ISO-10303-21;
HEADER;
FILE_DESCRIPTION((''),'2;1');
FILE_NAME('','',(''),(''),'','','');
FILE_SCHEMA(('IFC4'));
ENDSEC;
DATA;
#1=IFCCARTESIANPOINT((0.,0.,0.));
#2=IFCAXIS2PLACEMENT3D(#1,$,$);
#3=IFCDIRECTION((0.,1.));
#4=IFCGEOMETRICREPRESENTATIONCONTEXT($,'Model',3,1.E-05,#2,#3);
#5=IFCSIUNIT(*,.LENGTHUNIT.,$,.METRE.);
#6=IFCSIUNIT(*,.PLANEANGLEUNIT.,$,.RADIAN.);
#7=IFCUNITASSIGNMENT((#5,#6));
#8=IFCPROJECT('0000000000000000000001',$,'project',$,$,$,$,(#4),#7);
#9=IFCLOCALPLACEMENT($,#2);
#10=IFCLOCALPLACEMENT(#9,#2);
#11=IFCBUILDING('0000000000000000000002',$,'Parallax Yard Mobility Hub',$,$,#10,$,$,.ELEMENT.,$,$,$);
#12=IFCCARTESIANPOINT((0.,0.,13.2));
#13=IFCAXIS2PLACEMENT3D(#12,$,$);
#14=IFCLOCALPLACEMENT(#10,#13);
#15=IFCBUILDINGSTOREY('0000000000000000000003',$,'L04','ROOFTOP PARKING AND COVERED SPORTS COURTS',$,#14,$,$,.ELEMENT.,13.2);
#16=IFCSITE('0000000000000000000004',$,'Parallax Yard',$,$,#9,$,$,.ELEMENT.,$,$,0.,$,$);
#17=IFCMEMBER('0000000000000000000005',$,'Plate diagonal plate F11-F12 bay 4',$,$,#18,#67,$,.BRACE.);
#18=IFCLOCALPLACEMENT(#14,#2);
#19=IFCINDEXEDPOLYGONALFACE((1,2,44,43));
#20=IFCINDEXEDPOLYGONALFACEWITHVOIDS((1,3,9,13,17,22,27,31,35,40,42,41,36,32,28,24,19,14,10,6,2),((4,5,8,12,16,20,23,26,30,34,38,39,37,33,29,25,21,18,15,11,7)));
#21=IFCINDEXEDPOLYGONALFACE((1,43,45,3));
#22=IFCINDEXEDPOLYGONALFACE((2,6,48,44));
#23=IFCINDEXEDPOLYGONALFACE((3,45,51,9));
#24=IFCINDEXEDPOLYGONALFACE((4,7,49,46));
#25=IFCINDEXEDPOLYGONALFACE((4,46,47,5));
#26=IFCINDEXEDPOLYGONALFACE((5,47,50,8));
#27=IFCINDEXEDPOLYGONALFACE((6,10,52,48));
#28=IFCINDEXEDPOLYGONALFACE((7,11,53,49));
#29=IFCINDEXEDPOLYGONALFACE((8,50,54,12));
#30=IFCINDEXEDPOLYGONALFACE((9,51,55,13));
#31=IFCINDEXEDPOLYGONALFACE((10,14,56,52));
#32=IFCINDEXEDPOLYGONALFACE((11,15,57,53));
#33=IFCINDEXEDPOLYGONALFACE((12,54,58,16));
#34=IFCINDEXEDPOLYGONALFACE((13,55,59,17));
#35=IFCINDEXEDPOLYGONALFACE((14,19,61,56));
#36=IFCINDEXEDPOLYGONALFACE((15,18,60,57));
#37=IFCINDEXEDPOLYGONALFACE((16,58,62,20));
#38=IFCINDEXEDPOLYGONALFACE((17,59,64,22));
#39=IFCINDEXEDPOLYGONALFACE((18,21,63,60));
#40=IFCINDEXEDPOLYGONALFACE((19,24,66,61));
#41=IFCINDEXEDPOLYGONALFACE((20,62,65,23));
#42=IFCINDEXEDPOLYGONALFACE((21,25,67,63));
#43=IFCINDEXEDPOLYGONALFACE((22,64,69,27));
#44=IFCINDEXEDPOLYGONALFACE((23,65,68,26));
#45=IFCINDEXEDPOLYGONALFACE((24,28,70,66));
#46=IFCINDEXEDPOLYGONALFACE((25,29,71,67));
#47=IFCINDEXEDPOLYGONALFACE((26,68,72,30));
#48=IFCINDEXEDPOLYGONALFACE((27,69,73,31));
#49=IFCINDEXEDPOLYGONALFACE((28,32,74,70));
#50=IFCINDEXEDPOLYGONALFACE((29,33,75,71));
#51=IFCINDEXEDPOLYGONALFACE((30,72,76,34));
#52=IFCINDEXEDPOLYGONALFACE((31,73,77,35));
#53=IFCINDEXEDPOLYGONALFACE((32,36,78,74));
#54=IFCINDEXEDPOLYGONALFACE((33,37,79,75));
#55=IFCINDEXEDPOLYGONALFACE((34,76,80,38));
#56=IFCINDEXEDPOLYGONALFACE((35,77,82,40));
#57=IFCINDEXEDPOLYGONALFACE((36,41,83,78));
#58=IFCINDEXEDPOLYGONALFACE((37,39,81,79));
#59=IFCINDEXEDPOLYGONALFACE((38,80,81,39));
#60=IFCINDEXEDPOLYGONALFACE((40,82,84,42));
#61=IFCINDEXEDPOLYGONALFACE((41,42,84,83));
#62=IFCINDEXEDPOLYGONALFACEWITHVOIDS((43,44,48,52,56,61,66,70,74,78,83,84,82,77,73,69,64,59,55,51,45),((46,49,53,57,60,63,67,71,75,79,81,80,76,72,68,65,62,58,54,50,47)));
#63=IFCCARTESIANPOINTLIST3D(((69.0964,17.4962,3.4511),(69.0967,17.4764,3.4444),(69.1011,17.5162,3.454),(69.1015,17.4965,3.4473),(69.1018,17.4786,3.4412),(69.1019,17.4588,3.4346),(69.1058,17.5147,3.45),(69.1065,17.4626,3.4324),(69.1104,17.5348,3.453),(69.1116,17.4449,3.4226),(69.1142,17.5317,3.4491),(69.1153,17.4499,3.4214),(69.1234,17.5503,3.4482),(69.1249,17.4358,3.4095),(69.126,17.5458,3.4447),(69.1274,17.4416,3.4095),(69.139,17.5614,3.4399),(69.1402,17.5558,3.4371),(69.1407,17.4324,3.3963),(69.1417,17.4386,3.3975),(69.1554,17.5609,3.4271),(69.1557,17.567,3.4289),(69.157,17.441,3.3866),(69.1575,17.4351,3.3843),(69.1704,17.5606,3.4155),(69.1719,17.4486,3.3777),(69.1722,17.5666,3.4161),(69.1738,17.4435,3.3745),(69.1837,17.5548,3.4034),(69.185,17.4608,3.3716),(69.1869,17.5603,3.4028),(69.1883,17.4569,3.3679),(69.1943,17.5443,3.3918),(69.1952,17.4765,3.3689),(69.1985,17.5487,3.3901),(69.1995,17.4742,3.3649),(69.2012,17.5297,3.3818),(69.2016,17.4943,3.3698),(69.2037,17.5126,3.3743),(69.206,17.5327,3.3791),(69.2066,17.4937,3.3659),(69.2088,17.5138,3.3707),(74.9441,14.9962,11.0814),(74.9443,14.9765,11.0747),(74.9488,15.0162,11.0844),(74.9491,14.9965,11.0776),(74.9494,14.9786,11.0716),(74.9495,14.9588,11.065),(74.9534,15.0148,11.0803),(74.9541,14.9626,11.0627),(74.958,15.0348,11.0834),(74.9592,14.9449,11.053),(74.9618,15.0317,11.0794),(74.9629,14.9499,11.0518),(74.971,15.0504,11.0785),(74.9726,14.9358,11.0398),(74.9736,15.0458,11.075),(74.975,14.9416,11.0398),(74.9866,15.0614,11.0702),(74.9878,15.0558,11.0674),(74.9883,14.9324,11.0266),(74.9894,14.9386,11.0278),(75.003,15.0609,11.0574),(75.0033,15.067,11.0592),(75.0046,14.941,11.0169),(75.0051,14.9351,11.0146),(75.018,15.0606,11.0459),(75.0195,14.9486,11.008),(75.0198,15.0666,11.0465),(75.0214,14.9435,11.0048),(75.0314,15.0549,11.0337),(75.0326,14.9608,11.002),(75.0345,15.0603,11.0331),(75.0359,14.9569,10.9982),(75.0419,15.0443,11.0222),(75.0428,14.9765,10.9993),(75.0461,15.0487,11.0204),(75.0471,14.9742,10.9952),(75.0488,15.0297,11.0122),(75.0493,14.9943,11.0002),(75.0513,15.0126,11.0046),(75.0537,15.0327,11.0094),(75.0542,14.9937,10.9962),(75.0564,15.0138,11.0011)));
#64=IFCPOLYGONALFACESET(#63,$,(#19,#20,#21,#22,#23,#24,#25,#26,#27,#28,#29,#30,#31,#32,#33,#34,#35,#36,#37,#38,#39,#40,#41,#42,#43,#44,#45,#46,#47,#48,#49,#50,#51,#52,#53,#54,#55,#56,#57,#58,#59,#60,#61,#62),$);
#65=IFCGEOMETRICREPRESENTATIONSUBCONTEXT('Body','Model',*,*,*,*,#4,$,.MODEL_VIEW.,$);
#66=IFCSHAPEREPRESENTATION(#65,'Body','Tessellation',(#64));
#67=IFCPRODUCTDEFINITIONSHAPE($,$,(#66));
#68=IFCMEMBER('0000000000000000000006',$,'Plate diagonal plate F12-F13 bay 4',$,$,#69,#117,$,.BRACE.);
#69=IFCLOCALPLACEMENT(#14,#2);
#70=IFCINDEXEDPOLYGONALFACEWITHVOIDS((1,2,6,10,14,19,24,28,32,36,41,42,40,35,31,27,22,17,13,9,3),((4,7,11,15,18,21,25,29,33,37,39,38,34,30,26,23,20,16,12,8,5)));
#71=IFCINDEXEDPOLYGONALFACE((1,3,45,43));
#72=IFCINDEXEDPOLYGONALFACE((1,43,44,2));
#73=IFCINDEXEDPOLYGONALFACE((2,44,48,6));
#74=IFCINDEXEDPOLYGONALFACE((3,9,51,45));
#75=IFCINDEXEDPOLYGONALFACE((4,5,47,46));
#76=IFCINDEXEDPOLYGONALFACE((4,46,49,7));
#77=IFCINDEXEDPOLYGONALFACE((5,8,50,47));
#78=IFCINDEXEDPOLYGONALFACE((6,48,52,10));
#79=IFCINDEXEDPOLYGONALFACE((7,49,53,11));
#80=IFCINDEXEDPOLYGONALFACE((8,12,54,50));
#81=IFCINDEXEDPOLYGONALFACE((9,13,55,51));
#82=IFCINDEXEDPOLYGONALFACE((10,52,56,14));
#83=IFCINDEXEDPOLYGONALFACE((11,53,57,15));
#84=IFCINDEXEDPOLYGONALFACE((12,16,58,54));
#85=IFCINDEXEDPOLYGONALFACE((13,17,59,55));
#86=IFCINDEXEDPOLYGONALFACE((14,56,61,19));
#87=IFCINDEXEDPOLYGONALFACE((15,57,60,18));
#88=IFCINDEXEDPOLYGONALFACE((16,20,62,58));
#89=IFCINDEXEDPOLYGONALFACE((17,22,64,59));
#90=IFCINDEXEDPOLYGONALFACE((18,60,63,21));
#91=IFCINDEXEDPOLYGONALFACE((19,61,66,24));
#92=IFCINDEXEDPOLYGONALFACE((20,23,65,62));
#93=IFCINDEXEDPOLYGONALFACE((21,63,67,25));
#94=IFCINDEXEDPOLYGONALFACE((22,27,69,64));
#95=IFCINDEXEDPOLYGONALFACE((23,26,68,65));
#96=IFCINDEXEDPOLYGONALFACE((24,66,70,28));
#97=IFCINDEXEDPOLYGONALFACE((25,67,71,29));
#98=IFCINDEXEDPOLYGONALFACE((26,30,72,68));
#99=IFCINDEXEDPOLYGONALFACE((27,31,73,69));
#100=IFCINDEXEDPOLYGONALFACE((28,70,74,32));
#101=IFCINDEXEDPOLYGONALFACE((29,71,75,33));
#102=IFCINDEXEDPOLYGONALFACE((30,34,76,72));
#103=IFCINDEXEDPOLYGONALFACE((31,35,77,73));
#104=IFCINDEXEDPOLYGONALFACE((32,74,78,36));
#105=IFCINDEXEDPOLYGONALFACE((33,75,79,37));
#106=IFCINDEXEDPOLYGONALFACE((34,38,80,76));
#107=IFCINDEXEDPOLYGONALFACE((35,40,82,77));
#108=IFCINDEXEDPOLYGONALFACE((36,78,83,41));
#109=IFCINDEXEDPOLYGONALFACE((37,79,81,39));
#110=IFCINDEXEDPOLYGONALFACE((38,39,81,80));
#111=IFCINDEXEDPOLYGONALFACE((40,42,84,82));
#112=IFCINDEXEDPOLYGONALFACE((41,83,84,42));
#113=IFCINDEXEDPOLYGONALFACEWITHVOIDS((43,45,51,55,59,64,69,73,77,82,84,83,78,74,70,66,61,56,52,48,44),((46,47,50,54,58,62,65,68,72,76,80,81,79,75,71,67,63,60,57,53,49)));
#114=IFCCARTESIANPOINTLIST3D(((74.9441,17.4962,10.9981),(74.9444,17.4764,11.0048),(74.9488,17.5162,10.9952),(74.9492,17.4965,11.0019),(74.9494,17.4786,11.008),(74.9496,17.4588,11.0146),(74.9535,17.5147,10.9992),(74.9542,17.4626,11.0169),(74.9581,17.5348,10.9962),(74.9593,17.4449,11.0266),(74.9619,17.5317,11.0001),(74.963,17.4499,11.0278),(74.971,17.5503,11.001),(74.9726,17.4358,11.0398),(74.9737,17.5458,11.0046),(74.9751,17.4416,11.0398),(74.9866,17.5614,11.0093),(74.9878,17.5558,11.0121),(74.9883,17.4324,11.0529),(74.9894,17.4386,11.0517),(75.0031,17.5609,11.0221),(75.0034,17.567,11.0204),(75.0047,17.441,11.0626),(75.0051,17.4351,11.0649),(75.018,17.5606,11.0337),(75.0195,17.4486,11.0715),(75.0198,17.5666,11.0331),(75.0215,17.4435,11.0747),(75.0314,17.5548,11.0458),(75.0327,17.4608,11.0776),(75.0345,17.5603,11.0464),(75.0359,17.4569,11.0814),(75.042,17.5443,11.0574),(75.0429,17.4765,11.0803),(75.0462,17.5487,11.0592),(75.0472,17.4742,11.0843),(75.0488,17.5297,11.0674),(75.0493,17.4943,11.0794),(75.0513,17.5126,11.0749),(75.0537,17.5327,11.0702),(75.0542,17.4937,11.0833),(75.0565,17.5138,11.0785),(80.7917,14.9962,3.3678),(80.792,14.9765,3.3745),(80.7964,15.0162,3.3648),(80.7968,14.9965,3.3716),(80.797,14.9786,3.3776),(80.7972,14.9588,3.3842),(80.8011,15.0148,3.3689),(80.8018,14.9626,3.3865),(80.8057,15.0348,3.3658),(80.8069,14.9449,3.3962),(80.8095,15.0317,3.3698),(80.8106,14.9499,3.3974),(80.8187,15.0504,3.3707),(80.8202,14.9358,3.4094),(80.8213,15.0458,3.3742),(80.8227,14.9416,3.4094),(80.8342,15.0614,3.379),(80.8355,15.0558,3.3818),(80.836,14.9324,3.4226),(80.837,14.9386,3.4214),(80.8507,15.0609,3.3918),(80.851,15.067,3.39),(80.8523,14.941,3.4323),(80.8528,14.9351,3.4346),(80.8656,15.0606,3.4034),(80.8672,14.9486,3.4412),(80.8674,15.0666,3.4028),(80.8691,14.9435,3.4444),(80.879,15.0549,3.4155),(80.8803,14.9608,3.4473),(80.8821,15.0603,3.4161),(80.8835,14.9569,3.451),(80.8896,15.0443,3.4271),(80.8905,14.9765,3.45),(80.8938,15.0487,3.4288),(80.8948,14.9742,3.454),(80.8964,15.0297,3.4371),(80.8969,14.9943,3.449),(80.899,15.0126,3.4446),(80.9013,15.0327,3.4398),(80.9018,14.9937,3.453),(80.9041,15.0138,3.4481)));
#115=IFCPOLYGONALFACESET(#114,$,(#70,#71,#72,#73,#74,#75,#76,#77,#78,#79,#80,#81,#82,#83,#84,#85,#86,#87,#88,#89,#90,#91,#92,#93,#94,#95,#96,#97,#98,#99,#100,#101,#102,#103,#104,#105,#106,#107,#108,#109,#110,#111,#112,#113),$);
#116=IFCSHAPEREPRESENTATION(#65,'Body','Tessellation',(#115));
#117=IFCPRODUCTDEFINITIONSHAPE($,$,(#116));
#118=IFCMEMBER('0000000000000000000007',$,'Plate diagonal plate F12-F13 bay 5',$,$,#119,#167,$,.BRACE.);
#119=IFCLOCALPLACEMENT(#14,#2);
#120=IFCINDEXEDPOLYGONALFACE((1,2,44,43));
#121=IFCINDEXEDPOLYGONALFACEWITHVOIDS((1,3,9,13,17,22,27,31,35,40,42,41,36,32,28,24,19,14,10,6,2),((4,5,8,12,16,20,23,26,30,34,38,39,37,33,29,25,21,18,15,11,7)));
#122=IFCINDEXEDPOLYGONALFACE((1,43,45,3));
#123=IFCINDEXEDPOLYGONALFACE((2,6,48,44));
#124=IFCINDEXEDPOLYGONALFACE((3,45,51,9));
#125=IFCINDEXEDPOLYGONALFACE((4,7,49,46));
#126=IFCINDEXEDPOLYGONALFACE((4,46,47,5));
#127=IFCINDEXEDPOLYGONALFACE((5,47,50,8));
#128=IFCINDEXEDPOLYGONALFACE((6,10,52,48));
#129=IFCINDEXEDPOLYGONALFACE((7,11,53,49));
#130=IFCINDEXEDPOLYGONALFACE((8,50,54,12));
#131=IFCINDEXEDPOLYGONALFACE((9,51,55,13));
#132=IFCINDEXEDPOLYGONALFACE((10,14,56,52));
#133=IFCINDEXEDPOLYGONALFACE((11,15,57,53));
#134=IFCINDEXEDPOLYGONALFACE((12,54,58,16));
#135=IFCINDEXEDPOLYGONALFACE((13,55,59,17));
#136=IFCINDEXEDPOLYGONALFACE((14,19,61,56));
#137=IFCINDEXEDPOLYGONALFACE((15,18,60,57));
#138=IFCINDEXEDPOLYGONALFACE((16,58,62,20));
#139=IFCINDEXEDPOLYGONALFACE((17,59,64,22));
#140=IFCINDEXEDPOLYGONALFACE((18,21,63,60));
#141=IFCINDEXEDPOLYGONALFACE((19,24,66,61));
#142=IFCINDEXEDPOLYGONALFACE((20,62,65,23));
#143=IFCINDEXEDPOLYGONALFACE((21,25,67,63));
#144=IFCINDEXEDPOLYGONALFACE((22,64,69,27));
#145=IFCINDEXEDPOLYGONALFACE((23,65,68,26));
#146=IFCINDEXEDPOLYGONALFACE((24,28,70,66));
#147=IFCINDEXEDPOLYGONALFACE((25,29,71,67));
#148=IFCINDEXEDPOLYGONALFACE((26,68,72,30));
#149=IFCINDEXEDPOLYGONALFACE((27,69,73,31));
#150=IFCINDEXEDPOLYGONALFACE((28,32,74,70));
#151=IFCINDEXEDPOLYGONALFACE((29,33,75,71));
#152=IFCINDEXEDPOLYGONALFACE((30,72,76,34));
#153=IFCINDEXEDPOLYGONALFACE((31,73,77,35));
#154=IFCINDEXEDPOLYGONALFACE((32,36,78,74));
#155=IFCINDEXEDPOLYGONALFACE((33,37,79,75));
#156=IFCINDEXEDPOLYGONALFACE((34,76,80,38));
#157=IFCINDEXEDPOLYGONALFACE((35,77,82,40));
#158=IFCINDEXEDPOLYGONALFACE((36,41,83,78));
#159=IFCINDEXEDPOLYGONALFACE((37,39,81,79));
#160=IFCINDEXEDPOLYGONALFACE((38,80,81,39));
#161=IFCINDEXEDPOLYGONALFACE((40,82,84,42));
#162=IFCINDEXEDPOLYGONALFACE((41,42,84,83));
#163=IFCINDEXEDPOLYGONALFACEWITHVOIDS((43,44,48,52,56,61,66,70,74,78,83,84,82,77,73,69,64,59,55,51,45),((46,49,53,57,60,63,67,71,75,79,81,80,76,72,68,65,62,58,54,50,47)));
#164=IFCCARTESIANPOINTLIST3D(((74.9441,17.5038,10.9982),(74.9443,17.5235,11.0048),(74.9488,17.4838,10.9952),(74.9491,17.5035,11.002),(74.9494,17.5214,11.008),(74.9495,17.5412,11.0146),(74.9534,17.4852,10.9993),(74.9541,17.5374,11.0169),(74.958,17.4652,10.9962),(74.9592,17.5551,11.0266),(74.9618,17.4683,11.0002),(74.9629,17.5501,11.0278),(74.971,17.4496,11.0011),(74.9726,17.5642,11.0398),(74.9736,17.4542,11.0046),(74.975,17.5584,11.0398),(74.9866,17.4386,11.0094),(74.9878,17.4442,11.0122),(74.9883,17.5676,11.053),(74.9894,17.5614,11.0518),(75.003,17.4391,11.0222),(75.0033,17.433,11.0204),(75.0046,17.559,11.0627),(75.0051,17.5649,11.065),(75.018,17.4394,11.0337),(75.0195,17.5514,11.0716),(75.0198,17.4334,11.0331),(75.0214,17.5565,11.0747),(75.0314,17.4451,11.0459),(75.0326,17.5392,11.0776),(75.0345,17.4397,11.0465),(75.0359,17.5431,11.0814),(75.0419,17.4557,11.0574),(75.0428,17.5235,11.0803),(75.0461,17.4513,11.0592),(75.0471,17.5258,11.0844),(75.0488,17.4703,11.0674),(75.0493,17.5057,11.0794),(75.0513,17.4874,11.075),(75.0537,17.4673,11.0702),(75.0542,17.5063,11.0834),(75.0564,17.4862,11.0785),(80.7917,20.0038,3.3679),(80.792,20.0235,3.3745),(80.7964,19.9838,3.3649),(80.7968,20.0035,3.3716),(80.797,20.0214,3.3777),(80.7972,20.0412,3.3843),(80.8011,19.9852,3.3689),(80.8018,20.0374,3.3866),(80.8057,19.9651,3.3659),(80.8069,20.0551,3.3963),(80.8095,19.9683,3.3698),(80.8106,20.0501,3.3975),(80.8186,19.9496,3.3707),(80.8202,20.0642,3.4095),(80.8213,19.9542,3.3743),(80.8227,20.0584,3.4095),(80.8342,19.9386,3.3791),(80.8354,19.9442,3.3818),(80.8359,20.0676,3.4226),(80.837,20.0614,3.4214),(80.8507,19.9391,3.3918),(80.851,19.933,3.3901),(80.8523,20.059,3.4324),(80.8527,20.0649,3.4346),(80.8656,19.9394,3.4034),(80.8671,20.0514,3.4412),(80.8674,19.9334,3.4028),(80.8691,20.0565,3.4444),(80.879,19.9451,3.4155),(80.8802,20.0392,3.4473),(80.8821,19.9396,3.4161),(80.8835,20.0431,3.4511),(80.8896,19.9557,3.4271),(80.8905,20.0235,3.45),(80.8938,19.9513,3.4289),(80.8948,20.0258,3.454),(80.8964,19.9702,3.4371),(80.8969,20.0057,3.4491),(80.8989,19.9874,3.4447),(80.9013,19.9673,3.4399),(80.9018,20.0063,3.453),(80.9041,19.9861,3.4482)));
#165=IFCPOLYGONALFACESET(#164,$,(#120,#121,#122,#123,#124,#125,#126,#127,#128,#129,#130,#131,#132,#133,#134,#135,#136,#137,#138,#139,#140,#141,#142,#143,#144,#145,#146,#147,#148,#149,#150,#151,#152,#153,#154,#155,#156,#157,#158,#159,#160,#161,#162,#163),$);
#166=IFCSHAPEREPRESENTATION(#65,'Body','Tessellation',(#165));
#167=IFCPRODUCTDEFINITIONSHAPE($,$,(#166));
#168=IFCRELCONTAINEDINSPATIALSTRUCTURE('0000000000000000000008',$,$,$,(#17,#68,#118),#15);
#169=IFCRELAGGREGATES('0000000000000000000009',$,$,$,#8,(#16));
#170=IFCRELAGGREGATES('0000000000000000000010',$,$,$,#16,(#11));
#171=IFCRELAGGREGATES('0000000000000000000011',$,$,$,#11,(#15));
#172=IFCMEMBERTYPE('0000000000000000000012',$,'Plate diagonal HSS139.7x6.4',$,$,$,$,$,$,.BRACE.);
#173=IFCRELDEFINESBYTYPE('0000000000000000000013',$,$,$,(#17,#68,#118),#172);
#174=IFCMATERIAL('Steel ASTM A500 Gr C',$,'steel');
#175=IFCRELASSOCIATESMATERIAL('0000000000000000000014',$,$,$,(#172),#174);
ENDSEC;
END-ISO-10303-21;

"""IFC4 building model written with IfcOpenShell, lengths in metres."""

from ifc_helpers import new_model, si_unit, direction, frame, origin, origin_2d, place, context, subcontext, project, spatial, hollow_circle, extrude, material, material_profile, profile_set, type_object, element, save


model = new_model("IFC4")

# Units and contexts
model_context = context("Model", 3, precision=1e-05, world=origin(), true_north=direction((0.0, 1.0)))
body_context = subcontext(model_context, "Body", "Model", "MODEL_VIEW")
ifc_project = project(units=[si_unit("LENGTHUNIT", "METRE"), si_unit("PLANEANGLEUNIT", "RADIAN")], contexts=[model_context])

# Site, building, storey
site_placement = place(None, origin())
site = spatial("IfcSite", under=ifc_project, at=site_placement, Name="Parallax Yard", CompositionType="ELEMENT", RefElevation=0.0)
building_placement = place(site_placement, origin())
building = spatial("IfcBuilding", under=site, at=building_placement, Name="Parallax Yard Mobility Hub", CompositionType="ELEMENT")
storey_placement = place(building_placement, frame((0.0, 0.0, 13.2)))
storey = spatial("IfcBuildingStorey", under=building, at=storey_placement, Name="L04", Description="ROOFTOP PARKING AND COVERED SPORTS COURTS", CompositionType="ELEMENT", Elevation=13.2)

# Members
ifc_material_1 = material(Name="Steel ASTM A500 Gr C", Category="steel")
ifc_material_profile_1 = material_profile(ifc_material_1, hollow_circle(Radius=0.0698, WallThickness=0.0063, at=origin_2d()), Name="HSS139.7x6.4")
ifc_profile_set_1 = profile_set([ifc_material_profile_1], Name="Steel ASTM A500 Gr C")
member_type_1 = type_object("IfcMemberType", Name="Plate diagonal HSS139.7x6.4", PredefinedType="BRACE", material=ifc_profile_set_1)
for number, where, z_axis, x_axis, name in (
    (1, (75.0, 15.0, 11.0398), (-0.588701, 0.251682, -0.768172), (-0.393104, -0.919494, 0.0), "Plate diagonal plate F11-F12 bay 4"),
    (2, (80.8477, 15.0, 3.4094), (-0.588701, 0.251682, 0.768172), (-0.393104, -0.919494, 0.0), "Plate diagonal plate F12-F13 bay 4"),
    (3, (75.0, 17.5, 11.0398), (0.588701, 0.251682, -0.768172), (-0.393104, 0.919494, 0.0), "Plate diagonal plate F12-F13 bay 5"),
):
    element("IfcMember", number, at=place(storey_placement, frame(where, z_axis=z_axis, x_axis=x_axis)), inside=storey, type_object=member_type_1, Name=name, PredefinedType="BRACE", context=body_context, shape_type="SweptSolid", body=[
        extrude(hollow_circle(Radius=0.0698, WallThickness=0.0063, at=origin_2d()), origin(), (0.0, 0.0, 1.0), 9.9331),
    ])

save(model, "model.ifc")
